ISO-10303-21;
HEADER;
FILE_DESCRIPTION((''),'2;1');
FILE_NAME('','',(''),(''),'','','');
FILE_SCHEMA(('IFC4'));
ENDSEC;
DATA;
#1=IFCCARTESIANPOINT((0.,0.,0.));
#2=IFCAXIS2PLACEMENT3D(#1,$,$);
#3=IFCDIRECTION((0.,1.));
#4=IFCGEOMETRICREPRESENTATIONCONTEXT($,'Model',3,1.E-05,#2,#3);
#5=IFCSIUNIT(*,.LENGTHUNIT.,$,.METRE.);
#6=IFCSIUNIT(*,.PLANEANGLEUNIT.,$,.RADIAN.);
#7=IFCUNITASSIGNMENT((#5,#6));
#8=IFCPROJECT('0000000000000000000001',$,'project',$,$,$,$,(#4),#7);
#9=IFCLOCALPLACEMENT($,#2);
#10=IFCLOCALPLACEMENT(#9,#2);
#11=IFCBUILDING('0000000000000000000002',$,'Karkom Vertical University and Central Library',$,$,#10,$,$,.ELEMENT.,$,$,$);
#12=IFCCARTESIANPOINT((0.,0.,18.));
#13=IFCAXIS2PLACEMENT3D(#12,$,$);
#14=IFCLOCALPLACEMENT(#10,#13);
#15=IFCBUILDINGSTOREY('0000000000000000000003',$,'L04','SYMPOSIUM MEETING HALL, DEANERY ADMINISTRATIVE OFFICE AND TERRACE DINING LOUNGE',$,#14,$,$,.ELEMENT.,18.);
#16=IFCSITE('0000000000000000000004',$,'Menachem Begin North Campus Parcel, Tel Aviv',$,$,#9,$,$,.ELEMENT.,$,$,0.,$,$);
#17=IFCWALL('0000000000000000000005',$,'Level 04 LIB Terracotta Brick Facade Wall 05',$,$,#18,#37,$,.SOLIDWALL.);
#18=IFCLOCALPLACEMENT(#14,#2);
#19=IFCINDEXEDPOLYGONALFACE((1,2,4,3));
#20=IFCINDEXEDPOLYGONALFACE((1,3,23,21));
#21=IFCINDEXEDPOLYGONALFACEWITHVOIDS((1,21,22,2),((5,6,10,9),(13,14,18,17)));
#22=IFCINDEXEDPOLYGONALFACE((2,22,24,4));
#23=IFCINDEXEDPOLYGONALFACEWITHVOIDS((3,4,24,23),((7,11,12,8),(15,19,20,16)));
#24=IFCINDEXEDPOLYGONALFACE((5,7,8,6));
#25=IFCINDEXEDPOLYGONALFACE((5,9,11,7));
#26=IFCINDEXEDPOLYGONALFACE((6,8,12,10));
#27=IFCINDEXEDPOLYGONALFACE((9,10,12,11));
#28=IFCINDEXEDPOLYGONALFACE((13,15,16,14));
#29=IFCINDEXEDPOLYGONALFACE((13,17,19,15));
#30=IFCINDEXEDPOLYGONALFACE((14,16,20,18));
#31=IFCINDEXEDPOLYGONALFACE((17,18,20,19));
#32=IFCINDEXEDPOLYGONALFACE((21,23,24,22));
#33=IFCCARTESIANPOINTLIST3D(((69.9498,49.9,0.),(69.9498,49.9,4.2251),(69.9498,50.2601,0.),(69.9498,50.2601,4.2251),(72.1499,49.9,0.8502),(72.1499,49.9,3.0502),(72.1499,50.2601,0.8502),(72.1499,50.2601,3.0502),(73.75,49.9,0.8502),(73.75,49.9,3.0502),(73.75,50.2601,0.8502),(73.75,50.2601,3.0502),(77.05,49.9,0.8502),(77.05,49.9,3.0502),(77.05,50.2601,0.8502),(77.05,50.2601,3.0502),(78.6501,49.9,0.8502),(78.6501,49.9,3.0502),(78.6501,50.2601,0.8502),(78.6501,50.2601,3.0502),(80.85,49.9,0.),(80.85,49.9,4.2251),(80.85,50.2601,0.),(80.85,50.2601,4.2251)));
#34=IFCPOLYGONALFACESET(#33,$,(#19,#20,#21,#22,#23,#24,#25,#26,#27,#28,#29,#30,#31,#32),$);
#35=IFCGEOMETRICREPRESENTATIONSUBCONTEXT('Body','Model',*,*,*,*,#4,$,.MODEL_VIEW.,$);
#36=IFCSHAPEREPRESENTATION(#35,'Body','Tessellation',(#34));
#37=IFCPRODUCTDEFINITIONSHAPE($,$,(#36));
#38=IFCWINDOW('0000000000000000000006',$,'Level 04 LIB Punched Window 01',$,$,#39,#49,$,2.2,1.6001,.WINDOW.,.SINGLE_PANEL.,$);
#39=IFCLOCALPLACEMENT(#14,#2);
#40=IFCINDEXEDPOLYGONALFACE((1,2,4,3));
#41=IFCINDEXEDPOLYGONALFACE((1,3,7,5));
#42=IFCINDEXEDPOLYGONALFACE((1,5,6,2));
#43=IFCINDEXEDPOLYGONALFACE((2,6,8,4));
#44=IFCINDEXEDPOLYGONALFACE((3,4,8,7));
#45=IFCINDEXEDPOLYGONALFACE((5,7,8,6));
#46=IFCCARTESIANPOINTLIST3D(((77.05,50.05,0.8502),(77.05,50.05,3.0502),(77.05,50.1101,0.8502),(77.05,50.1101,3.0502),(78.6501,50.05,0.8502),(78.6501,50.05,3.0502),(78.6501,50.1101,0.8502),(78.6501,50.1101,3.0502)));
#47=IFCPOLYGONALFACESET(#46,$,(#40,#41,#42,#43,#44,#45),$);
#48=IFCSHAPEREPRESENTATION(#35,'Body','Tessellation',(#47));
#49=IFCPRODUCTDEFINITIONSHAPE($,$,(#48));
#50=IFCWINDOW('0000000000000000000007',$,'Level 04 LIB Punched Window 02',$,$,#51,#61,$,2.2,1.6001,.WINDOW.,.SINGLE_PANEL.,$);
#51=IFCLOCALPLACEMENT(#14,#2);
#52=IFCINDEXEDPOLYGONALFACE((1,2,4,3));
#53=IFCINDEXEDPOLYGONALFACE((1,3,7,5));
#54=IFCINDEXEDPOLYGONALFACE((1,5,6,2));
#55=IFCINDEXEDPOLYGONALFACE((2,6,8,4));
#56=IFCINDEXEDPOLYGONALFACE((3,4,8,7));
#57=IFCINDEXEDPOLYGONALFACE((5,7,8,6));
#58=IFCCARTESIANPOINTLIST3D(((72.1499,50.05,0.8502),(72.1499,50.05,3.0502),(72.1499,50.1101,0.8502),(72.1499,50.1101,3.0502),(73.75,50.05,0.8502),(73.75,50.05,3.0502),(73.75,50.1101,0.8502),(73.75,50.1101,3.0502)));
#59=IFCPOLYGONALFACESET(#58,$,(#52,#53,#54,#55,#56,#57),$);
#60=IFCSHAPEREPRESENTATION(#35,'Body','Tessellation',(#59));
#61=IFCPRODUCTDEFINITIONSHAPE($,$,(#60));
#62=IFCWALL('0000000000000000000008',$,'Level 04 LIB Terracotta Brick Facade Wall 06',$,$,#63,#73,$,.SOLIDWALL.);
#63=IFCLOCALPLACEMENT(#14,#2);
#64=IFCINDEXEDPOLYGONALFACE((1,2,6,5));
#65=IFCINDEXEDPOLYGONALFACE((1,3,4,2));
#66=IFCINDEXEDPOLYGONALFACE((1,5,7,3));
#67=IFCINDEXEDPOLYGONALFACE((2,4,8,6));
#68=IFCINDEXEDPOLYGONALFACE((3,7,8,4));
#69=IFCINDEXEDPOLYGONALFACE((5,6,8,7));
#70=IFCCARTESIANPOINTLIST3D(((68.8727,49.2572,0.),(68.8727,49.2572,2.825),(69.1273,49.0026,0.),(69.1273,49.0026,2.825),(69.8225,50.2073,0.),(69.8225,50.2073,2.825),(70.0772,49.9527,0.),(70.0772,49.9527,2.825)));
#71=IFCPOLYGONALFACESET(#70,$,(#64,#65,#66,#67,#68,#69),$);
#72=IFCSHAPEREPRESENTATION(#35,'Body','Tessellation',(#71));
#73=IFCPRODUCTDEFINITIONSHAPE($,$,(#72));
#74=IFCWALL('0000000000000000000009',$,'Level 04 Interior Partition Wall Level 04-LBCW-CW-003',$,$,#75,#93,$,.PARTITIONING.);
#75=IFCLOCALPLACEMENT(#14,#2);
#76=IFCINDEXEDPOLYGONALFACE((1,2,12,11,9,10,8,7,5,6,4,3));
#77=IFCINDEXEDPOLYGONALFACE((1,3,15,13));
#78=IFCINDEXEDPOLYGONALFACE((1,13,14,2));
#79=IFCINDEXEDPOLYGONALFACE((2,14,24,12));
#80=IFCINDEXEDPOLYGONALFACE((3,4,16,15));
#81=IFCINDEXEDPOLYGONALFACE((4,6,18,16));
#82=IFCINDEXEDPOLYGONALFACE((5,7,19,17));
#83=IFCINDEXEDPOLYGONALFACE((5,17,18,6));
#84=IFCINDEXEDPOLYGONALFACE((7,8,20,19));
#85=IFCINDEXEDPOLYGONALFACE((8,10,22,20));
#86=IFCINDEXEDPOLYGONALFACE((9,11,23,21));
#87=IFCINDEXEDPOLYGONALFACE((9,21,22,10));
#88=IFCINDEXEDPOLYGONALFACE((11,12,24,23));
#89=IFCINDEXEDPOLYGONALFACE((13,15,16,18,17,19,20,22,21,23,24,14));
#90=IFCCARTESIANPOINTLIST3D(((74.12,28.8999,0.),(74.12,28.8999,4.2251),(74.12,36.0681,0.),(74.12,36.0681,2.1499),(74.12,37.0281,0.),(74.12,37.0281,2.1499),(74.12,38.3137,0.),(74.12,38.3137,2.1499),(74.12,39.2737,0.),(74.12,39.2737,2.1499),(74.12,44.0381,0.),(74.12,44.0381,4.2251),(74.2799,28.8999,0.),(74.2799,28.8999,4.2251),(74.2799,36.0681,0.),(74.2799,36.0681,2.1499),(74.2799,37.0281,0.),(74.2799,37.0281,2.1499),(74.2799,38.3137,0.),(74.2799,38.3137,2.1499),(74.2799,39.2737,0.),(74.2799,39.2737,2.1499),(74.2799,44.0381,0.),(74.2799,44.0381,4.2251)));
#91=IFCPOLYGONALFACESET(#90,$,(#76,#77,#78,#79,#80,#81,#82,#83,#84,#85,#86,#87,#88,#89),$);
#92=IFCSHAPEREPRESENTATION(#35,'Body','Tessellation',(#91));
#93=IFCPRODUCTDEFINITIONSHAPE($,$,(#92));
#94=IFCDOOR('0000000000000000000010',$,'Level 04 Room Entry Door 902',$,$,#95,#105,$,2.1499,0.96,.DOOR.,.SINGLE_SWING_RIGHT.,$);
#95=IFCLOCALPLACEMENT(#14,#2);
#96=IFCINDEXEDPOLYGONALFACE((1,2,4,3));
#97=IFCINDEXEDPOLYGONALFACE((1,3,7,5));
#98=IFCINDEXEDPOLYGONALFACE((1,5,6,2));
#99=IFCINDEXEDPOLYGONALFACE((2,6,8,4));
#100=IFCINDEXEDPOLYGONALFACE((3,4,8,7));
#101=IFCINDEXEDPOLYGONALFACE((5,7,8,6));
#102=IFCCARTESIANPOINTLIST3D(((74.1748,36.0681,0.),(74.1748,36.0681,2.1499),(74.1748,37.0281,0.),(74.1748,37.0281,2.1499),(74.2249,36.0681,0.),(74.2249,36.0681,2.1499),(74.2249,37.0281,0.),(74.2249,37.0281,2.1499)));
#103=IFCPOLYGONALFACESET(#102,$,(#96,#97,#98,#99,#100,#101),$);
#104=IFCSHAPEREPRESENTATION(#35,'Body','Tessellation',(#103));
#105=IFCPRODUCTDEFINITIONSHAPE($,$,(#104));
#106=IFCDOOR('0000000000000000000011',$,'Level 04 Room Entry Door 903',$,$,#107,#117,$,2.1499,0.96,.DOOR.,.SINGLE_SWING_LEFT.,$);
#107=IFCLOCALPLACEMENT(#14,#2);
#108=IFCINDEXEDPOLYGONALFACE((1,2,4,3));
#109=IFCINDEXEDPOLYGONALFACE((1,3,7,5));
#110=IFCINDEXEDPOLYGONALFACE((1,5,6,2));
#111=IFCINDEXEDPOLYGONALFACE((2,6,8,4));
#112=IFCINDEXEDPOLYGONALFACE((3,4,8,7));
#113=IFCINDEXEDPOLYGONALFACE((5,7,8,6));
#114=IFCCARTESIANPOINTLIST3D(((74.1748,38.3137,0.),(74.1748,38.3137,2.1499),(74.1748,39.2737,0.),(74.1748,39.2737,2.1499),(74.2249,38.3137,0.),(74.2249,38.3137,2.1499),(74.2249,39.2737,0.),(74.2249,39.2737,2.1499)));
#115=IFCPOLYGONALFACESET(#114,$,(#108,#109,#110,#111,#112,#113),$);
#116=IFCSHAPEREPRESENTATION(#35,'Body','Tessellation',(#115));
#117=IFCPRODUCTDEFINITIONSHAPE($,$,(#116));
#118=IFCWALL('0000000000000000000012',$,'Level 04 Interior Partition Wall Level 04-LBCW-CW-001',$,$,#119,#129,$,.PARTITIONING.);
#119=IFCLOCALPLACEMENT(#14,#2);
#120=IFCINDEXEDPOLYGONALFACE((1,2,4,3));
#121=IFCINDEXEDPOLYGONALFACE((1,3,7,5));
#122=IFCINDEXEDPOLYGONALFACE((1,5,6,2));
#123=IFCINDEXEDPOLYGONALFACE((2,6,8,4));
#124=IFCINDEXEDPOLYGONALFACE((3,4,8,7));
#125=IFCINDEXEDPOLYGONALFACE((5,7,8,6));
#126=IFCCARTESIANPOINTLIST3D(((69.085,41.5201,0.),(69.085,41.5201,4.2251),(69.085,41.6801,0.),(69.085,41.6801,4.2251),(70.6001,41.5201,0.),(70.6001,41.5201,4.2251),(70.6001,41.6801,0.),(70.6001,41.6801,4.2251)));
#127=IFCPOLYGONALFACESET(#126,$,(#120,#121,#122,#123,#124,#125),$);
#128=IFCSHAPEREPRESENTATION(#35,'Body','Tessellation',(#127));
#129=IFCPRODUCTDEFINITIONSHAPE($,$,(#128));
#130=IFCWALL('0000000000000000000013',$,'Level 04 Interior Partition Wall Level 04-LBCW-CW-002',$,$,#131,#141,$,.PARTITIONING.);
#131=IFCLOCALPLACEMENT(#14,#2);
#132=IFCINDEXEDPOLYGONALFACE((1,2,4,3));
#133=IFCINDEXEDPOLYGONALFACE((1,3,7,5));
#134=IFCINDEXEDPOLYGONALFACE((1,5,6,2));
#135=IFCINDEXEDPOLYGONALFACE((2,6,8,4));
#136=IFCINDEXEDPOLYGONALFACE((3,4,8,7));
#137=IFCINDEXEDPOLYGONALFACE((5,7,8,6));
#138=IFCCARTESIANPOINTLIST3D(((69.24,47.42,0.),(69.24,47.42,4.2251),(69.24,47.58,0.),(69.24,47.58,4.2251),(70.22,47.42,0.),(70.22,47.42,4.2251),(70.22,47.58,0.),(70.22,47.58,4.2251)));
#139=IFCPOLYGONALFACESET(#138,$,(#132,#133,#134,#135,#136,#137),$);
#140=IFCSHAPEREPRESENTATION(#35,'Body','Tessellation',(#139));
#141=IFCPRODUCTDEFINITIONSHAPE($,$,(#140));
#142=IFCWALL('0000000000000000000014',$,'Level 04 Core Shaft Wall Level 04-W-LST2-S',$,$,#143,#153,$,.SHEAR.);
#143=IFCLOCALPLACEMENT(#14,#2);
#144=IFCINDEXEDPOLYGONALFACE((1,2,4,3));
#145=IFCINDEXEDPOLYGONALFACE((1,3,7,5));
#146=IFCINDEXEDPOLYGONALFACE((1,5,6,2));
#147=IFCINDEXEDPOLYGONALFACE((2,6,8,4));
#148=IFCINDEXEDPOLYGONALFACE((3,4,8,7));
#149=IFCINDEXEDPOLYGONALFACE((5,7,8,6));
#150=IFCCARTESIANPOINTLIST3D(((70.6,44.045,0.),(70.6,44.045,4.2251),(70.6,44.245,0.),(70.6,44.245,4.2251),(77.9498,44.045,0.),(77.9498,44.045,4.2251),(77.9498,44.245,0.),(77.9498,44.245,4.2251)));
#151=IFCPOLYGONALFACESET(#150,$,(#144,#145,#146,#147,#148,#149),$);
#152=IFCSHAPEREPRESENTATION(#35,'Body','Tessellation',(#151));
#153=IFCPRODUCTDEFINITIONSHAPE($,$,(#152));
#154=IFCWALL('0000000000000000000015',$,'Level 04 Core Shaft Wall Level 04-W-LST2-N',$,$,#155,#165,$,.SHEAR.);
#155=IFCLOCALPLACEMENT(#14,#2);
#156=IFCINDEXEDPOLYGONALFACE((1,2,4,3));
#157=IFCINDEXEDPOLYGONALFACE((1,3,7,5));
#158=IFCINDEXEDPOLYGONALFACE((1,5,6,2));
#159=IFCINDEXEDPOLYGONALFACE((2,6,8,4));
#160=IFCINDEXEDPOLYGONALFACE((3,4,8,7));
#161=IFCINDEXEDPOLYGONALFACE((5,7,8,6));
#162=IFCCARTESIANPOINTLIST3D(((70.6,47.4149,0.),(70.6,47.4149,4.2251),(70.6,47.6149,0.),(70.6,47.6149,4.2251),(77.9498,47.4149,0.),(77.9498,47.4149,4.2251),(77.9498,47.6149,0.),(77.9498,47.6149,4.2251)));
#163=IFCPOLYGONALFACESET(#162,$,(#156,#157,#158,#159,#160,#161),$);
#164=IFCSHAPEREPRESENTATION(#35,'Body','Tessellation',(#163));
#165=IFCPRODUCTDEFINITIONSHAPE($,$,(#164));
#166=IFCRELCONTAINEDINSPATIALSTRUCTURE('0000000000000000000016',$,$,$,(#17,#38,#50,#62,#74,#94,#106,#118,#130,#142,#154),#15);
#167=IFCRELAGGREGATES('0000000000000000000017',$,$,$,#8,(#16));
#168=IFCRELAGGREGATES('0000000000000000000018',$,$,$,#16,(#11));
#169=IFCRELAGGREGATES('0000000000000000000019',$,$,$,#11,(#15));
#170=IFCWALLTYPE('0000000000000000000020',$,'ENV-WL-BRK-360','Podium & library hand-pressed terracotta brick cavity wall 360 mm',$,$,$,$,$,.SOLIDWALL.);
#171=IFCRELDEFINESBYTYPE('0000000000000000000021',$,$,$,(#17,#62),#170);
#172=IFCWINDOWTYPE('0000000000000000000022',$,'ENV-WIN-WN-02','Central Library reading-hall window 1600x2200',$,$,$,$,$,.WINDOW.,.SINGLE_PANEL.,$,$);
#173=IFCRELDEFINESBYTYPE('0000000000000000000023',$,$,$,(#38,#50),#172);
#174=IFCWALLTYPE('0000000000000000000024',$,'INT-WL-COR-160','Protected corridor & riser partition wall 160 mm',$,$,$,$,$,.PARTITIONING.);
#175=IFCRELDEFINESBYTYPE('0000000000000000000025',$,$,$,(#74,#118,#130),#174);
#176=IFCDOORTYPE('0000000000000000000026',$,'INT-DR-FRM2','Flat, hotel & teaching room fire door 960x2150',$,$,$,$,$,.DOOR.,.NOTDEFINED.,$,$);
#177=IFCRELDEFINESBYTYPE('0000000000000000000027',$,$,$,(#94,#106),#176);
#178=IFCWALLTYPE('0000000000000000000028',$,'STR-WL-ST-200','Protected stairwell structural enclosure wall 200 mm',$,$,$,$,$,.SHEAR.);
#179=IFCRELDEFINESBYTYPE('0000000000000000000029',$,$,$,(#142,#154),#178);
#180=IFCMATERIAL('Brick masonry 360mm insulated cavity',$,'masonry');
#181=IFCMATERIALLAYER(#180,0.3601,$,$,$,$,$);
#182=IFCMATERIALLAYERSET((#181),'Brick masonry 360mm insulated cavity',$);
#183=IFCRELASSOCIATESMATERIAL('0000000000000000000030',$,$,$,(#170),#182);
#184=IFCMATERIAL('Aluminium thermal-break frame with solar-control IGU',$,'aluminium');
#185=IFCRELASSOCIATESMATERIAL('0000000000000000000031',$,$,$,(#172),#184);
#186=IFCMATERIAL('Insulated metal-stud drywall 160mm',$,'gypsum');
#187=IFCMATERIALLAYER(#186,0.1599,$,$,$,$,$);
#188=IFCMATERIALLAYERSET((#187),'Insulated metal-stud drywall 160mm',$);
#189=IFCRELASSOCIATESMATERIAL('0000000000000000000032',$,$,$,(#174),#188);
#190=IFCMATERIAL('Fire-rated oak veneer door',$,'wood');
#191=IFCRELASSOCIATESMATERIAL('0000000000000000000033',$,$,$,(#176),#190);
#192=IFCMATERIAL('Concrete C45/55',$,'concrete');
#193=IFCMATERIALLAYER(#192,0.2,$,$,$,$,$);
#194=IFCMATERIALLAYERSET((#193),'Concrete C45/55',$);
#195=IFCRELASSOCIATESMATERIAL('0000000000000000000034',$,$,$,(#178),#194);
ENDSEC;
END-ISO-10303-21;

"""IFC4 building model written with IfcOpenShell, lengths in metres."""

from ifc_helpers import new_model, si_unit, direction, frame, frame_2d, origin, origin_with_axes, place, context, subcontext, project, spatial, rectangle, extrude, source, transform, mapped, material, layer, layer_set, type_object, element, fill, save


model = new_model("IFC4")

# Units and contexts
model_context = context("Model", 3, precision=1e-05, world=origin(), true_north=direction((0.0, 1.0)))
body_context = subcontext(model_context, "Body", "Model", "MODEL_VIEW")
ifc_project = project(units=[si_unit("LENGTHUNIT", "METRE"), si_unit("PLANEANGLEUNIT", "RADIAN")], contexts=[model_context])

# Site, building, storey
site_placement = place(None, origin())
site = spatial("IfcSite", under=ifc_project, at=site_placement, Name="Menachem Begin North Campus Parcel, Tel Aviv", CompositionType="ELEMENT", RefElevation=0.0)
building_placement = place(site_placement, origin())
building = spatial("IfcBuilding", under=site, at=building_placement, Name="Karkom Vertical University and Central Library", CompositionType="ELEMENT")
storey_placement = place(building_placement, frame((0.0, 0.0, 18.0)))
storey = spatial("IfcBuildingStorey", under=building, at=storey_placement, Name="L04", Description="SYMPOSIUM MEETING HALL, DEANERY ADMINISTRATIVE OFFICE AND TERRACE DINING LOUNGE", CompositionType="ELEMENT", Elevation=18.0)

# Shared definitions
ifc_material_1 = material(Name="Concrete C45/55", Category="concrete")

# Wall, openings, windows
ifc_material_2 = material(Name="Brick masonry 360mm insulated cavity", Category="masonry")
ifc_layer_1 = layer(ifc_material_2, 0.3601)
ifc_layer_set_1 = layer_set([ifc_layer_1], Name="Brick masonry 360mm insulated cavity")
wall_type_1 = type_object("IfcWallType", Name="ENV-WL-BRK-360", Description="Podium & library hand-pressed terracotta brick cavity wall 360 mm", PredefinedType="SOLIDWALL", material=ifc_layer_set_1)
wall_1_placement = place(storey_placement, frame((80.8501, 50.0801, 0.0), z_axis=(0.0, 0.0, 1.0), x_axis=(-1.0, 0.0, 0.0)))
wall_1 = element("IfcWall", 1, at=wall_1_placement, inside=storey, type_object=wall_type_1, Name="Level 04 LIB Terracotta Brick Facade Wall 05", PredefinedType="SOLIDWALL", context=body_context, shape_type="SweptSolid", body=[
    extrude(rectangle(XDim=10.9001, YDim=0.3601, at=frame_2d((5.4502, 0.0))), origin(), (0.0, 0.0, 1.0), 4.2251),
])
opening_1_placement = place(wall_1_placement, frame((2.2, 0.0, 0.8501)))
opening_1 = element("IfcOpeningElement", 2, at=opening_1_placement, cuts=wall_1, PredefinedType="OPENING", context=body_context, shape_type="SweptSolid", body=[
    extrude(rectangle(XDim=1.6001, YDim=2.2, at=frame_2d((0.8, 1.1001))), frame((0.0, 0.1899, 0.0), z_axis=(0.0, -1.0, 0.0), x_axis=(1.0, 0.0, 0.0)), (0.0, 0.0, 1.0), 0.3801),
])
opening_2_placement = place(wall_1_placement, frame((7.1001, 0.0, 0.8501)))
opening_2 = element("IfcOpeningElement", 3, at=opening_2_placement, cuts=wall_1, PredefinedType="OPENING", context=body_context, shape_type="SweptSolid", body=[
    extrude(rectangle(XDim=1.6001, YDim=2.2, at=frame_2d((0.8, 1.1001))), frame((0.0, 0.1899, 0.0), z_axis=(0.0, -1.0, 0.0), x_axis=(1.0, 0.0, 0.0)), (0.0, 0.0, 1.0), 0.3801),
])
ifc_material_3 = material(Name="Aluminium thermal-break frame with solar-control IGU", Category="aluminium")
window_type = type_object("IfcWindowType", Name="ENV-WIN-WN-02", Description="Central Library reading-hall window 1600x2200", PartitioningType="SINGLE_PANEL", PredefinedType="WINDOW", material=ifc_material_3)
shared_shape_1 = source(origin_with_axes(), body_context, "Body", "SweptSolid", [
    extrude(rectangle(XDim=1.6001, YDim=2.2, at=frame_2d((0.8, 1.1001))), frame((0.0, 0.03, 0.0), z_axis=(0.0, -1.0, 0.0), x_axis=(1.0, 0.0, 0.0)), (0.0, 0.0, 1.0), 0.0601),
])
window_1_placement = place(opening_1_placement, origin())
window_1 = element("IfcWindow", 4, at=window_1_placement, inside=storey, type_object=window_type, Name="Level 04 LIB Punched Window 01", OverallHeight=2.2, OverallWidth=1.6001, PartitioningType="SINGLE_PANEL", PredefinedType="WINDOW", context=body_context, shape_type="MappedRepresentation", body=[
    mapped(shared_shape_1, transform((0.0, 0.0, 0.0), scale=1.0)),
])
fill(opening_1, window_1)
window_2_placement = place(opening_2_placement, origin())
window_2 = element("IfcWindow", 5, at=window_2_placement, inside=storey, type_object=window_type, Name="Level 04 LIB Punched Window 02", OverallHeight=2.2, OverallWidth=1.6001, PartitioningType="SINGLE_PANEL", PredefinedType="WINDOW", context=body_context, shape_type="MappedRepresentation", body=[
    mapped(shared_shape_1, transform((0.0, 0.0, 0.0), scale=1.0)),
])
fill(opening_2, window_2)

# Wall
wall_2_placement = place(storey_placement, frame((69.95, 50.0801, 0.0), z_axis=(0.0, 0.0, 1.0), x_axis=(-0.707016, -0.707198, 0.0)))
element("IfcWall", 6, at=wall_2_placement, inside=storey, type_object=wall_type_1, Name="Level 04 LIB Terracotta Brick Facade Wall 06", PredefinedType="SOLIDWALL", context=body_context, shape_type="SweptSolid", body=[
    extrude(rectangle(XDim=1.3435, YDim=0.3601, at=frame_2d((0.6719, 0.0))), origin(), (0.0, 0.0, 1.0), 2.825),
])

# Wall, openings, doors
ifc_material_4 = material(Name="Insulated metal-stud drywall 160mm", Category="gypsum")
ifc_layer_2 = layer(ifc_material_4, 0.1599)
ifc_layer_set_2 = layer_set([ifc_layer_2], Name="Insulated metal-stud drywall 160mm")
wall_type_2 = type_object("IfcWallType", Name="INT-WL-COR-160", Description="Protected corridor & riser partition wall 160 mm", PredefinedType="PARTITIONING", material=ifc_layer_set_2)
wall_3_placement = place(storey_placement, frame((74.2, 44.0381, 0.0), z_axis=(0.0, 0.0, 1.0), x_axis=(0.0, -1.0, 0.0)))
wall_3 = element("IfcWall", 7, at=wall_3_placement, inside=storey, type_object=wall_type_2, Name="Level 04 Interior Partition Wall Level 04-LBCW-CW-003", PredefinedType="PARTITIONING", context=body_context, shape_type="SweptSolid", body=[
    extrude(rectangle(XDim=15.1382, YDim=0.1599, at=frame_2d((7.5691, 0.0))), origin(), (0.0, 0.0, 1.0), 4.2251),
])
opening_3_placement = place(wall_3_placement, frame((7.01, 0.0, 0.0)))
opening_3 = element("IfcOpeningElement", 8, at=opening_3_placement, cuts=wall_3, PredefinedType="OPENING", context=body_context, shape_type="SweptSolid", body=[
    extrude(rectangle(XDim=0.96, YDim=2.1499, at=frame_2d((0.48, 1.075))), frame((0.0, 0.0898, 0.0), z_axis=(0.0, -1.0, 0.0), x_axis=(1.0, 0.0, 0.0)), (0.0, 0.0, 1.0), 0.1799),
])
opening_4_placement = place(wall_3_placement, frame((4.7644, 0.0, 0.0)))
opening_4 = element("IfcOpeningElement", 9, at=opening_4_placement, cuts=wall_3, PredefinedType="OPENING", context=body_context, shape_type="SweptSolid", body=[
    extrude(rectangle(XDim=0.96, YDim=2.1499, at=frame_2d((0.48, 1.075))), frame((0.0, 0.0898, 0.0), z_axis=(0.0, -1.0, 0.0), x_axis=(1.0, 0.0, 0.0)), (0.0, 0.0, 1.0), 0.1799),
])
ifc_material_5 = material(Name="Fire-rated oak veneer door", Category="wood")
door_type_1 = type_object("IfcDoorType", Name="INT-DR-FRM2", Description="Flat, hotel & teaching room fire door 960x2150", OperationType="NOTDEFINED", PredefinedType="DOOR", material=ifc_material_5)
shared_shape_2 = source(origin_with_axes(), body_context, "Body", "SweptSolid", [
    extrude(rectangle(XDim=0.96, YDim=2.1499, at=frame_2d((0.48, 1.075))), frame((0.0, 0.0249, 0.0), z_axis=(0.0, -1.0, 0.0), x_axis=(1.0, 0.0, 0.0)), (0.0, 0.0, 1.0), 0.05),
])
door_1_placement = place(opening_3_placement, origin())
door_1 = element("IfcDoor", 10, at=door_1_placement, inside=storey, type_object=door_type_1, Name="Level 04 Room Entry Door 902", OperationType="SINGLE_SWING_RIGHT", OverallHeight=2.1499, OverallWidth=0.96, PredefinedType="DOOR", context=body_context, shape_type="MappedRepresentation", body=[
    mapped(shared_shape_2, transform((0.0, 0.0, 0.0), scale=1.0)),
])
fill(opening_3, door_1)
door_2_placement = place(opening_4_placement, origin())
door_2 = element("IfcDoor", 11, at=door_2_placement, inside=storey, type_object=door_type_1, Name="Level 04 Room Entry Door 903", OperationType="SINGLE_SWING_LEFT", OverallHeight=2.1499, OverallWidth=0.96, PredefinedType="DOOR", context=body_context, shape_type="MappedRepresentation", body=[
    mapped(shared_shape_2, transform((0.0, 0.0, 0.0), scale=1.0)),
])
fill(opening_4, door_2)

# Walls
wall_4_placement = place(storey_placement, frame((70.6001, 41.6001, 0.0), z_axis=(0.0, 0.0, 1.0), x_axis=(-1.0, 0.0, 0.0)))
element("IfcWall", 12, at=wall_4_placement, inside=storey, type_object=wall_type_2, Name="Level 04 Interior Partition Wall Level 04-LBCW-CW-001", PredefinedType="PARTITIONING", context=body_context, shape_type="SweptSolid", body=[
    extrude(rectangle(XDim=1.5151, YDim=0.1599, at=frame_2d((0.7576, 0.0))), origin(), (0.0, 0.0, 1.0), 4.2251),
])
wall_5_placement = place(storey_placement, frame((69.24, 47.5, 0.0), z_axis=(0.0, 0.0, 1.0), x_axis=(1.0, 0.0, 0.0)))
element("IfcWall", 13, at=wall_5_placement, inside=storey, type_object=wall_type_2, Name="Level 04 Interior Partition Wall Level 04-LBCW-CW-002", PredefinedType="PARTITIONING", context=body_context, shape_type="SweptSolid", body=[
    extrude(rectangle(XDim=0.98, YDim=0.1599, at=frame_2d((0.49, 0.0))), origin(), (0.0, 0.0, 1.0), 4.2251),
])
ifc_layer_3 = layer(ifc_material_1, 0.2)
ifc_layer_set_3 = layer_set([ifc_layer_3], Name="Concrete C45/55")
wall_type_3 = type_object("IfcWallType", Name="STR-WL-ST-200", Description="Protected stairwell structural enclosure wall 200 mm", PredefinedType="SHEAR", material=ifc_layer_set_3)
for number, where, z_axis, x_axis, name in (
    (14, (70.6001, 44.145, 0.0), (0.0, 0.0, 1.0), (1.0, 0.0, 0.0), "Level 04 Core Shaft Wall Level 04-W-LST2-S"),
    (15, (70.6001, 47.5149, 0.0), (0.0, 0.0, 1.0), (1.0, 0.0, 0.0), "Level 04 Core Shaft Wall Level 04-W-LST2-N"),
):
    element("IfcWall", number, at=place(storey_placement, frame(where, z_axis=z_axis, x_axis=x_axis)), inside=storey, type_object=wall_type_3, Name=name, PredefinedType="SHEAR", context=body_context, shape_type="SweptSolid", body=[
        extrude(rectangle(XDim=7.3499, YDim=0.2, at=frame_2d((3.6748, 0.0))), origin(), (0.0, 0.0, 1.0), 4.2251),
    ])

save(model, "model.ifc")
